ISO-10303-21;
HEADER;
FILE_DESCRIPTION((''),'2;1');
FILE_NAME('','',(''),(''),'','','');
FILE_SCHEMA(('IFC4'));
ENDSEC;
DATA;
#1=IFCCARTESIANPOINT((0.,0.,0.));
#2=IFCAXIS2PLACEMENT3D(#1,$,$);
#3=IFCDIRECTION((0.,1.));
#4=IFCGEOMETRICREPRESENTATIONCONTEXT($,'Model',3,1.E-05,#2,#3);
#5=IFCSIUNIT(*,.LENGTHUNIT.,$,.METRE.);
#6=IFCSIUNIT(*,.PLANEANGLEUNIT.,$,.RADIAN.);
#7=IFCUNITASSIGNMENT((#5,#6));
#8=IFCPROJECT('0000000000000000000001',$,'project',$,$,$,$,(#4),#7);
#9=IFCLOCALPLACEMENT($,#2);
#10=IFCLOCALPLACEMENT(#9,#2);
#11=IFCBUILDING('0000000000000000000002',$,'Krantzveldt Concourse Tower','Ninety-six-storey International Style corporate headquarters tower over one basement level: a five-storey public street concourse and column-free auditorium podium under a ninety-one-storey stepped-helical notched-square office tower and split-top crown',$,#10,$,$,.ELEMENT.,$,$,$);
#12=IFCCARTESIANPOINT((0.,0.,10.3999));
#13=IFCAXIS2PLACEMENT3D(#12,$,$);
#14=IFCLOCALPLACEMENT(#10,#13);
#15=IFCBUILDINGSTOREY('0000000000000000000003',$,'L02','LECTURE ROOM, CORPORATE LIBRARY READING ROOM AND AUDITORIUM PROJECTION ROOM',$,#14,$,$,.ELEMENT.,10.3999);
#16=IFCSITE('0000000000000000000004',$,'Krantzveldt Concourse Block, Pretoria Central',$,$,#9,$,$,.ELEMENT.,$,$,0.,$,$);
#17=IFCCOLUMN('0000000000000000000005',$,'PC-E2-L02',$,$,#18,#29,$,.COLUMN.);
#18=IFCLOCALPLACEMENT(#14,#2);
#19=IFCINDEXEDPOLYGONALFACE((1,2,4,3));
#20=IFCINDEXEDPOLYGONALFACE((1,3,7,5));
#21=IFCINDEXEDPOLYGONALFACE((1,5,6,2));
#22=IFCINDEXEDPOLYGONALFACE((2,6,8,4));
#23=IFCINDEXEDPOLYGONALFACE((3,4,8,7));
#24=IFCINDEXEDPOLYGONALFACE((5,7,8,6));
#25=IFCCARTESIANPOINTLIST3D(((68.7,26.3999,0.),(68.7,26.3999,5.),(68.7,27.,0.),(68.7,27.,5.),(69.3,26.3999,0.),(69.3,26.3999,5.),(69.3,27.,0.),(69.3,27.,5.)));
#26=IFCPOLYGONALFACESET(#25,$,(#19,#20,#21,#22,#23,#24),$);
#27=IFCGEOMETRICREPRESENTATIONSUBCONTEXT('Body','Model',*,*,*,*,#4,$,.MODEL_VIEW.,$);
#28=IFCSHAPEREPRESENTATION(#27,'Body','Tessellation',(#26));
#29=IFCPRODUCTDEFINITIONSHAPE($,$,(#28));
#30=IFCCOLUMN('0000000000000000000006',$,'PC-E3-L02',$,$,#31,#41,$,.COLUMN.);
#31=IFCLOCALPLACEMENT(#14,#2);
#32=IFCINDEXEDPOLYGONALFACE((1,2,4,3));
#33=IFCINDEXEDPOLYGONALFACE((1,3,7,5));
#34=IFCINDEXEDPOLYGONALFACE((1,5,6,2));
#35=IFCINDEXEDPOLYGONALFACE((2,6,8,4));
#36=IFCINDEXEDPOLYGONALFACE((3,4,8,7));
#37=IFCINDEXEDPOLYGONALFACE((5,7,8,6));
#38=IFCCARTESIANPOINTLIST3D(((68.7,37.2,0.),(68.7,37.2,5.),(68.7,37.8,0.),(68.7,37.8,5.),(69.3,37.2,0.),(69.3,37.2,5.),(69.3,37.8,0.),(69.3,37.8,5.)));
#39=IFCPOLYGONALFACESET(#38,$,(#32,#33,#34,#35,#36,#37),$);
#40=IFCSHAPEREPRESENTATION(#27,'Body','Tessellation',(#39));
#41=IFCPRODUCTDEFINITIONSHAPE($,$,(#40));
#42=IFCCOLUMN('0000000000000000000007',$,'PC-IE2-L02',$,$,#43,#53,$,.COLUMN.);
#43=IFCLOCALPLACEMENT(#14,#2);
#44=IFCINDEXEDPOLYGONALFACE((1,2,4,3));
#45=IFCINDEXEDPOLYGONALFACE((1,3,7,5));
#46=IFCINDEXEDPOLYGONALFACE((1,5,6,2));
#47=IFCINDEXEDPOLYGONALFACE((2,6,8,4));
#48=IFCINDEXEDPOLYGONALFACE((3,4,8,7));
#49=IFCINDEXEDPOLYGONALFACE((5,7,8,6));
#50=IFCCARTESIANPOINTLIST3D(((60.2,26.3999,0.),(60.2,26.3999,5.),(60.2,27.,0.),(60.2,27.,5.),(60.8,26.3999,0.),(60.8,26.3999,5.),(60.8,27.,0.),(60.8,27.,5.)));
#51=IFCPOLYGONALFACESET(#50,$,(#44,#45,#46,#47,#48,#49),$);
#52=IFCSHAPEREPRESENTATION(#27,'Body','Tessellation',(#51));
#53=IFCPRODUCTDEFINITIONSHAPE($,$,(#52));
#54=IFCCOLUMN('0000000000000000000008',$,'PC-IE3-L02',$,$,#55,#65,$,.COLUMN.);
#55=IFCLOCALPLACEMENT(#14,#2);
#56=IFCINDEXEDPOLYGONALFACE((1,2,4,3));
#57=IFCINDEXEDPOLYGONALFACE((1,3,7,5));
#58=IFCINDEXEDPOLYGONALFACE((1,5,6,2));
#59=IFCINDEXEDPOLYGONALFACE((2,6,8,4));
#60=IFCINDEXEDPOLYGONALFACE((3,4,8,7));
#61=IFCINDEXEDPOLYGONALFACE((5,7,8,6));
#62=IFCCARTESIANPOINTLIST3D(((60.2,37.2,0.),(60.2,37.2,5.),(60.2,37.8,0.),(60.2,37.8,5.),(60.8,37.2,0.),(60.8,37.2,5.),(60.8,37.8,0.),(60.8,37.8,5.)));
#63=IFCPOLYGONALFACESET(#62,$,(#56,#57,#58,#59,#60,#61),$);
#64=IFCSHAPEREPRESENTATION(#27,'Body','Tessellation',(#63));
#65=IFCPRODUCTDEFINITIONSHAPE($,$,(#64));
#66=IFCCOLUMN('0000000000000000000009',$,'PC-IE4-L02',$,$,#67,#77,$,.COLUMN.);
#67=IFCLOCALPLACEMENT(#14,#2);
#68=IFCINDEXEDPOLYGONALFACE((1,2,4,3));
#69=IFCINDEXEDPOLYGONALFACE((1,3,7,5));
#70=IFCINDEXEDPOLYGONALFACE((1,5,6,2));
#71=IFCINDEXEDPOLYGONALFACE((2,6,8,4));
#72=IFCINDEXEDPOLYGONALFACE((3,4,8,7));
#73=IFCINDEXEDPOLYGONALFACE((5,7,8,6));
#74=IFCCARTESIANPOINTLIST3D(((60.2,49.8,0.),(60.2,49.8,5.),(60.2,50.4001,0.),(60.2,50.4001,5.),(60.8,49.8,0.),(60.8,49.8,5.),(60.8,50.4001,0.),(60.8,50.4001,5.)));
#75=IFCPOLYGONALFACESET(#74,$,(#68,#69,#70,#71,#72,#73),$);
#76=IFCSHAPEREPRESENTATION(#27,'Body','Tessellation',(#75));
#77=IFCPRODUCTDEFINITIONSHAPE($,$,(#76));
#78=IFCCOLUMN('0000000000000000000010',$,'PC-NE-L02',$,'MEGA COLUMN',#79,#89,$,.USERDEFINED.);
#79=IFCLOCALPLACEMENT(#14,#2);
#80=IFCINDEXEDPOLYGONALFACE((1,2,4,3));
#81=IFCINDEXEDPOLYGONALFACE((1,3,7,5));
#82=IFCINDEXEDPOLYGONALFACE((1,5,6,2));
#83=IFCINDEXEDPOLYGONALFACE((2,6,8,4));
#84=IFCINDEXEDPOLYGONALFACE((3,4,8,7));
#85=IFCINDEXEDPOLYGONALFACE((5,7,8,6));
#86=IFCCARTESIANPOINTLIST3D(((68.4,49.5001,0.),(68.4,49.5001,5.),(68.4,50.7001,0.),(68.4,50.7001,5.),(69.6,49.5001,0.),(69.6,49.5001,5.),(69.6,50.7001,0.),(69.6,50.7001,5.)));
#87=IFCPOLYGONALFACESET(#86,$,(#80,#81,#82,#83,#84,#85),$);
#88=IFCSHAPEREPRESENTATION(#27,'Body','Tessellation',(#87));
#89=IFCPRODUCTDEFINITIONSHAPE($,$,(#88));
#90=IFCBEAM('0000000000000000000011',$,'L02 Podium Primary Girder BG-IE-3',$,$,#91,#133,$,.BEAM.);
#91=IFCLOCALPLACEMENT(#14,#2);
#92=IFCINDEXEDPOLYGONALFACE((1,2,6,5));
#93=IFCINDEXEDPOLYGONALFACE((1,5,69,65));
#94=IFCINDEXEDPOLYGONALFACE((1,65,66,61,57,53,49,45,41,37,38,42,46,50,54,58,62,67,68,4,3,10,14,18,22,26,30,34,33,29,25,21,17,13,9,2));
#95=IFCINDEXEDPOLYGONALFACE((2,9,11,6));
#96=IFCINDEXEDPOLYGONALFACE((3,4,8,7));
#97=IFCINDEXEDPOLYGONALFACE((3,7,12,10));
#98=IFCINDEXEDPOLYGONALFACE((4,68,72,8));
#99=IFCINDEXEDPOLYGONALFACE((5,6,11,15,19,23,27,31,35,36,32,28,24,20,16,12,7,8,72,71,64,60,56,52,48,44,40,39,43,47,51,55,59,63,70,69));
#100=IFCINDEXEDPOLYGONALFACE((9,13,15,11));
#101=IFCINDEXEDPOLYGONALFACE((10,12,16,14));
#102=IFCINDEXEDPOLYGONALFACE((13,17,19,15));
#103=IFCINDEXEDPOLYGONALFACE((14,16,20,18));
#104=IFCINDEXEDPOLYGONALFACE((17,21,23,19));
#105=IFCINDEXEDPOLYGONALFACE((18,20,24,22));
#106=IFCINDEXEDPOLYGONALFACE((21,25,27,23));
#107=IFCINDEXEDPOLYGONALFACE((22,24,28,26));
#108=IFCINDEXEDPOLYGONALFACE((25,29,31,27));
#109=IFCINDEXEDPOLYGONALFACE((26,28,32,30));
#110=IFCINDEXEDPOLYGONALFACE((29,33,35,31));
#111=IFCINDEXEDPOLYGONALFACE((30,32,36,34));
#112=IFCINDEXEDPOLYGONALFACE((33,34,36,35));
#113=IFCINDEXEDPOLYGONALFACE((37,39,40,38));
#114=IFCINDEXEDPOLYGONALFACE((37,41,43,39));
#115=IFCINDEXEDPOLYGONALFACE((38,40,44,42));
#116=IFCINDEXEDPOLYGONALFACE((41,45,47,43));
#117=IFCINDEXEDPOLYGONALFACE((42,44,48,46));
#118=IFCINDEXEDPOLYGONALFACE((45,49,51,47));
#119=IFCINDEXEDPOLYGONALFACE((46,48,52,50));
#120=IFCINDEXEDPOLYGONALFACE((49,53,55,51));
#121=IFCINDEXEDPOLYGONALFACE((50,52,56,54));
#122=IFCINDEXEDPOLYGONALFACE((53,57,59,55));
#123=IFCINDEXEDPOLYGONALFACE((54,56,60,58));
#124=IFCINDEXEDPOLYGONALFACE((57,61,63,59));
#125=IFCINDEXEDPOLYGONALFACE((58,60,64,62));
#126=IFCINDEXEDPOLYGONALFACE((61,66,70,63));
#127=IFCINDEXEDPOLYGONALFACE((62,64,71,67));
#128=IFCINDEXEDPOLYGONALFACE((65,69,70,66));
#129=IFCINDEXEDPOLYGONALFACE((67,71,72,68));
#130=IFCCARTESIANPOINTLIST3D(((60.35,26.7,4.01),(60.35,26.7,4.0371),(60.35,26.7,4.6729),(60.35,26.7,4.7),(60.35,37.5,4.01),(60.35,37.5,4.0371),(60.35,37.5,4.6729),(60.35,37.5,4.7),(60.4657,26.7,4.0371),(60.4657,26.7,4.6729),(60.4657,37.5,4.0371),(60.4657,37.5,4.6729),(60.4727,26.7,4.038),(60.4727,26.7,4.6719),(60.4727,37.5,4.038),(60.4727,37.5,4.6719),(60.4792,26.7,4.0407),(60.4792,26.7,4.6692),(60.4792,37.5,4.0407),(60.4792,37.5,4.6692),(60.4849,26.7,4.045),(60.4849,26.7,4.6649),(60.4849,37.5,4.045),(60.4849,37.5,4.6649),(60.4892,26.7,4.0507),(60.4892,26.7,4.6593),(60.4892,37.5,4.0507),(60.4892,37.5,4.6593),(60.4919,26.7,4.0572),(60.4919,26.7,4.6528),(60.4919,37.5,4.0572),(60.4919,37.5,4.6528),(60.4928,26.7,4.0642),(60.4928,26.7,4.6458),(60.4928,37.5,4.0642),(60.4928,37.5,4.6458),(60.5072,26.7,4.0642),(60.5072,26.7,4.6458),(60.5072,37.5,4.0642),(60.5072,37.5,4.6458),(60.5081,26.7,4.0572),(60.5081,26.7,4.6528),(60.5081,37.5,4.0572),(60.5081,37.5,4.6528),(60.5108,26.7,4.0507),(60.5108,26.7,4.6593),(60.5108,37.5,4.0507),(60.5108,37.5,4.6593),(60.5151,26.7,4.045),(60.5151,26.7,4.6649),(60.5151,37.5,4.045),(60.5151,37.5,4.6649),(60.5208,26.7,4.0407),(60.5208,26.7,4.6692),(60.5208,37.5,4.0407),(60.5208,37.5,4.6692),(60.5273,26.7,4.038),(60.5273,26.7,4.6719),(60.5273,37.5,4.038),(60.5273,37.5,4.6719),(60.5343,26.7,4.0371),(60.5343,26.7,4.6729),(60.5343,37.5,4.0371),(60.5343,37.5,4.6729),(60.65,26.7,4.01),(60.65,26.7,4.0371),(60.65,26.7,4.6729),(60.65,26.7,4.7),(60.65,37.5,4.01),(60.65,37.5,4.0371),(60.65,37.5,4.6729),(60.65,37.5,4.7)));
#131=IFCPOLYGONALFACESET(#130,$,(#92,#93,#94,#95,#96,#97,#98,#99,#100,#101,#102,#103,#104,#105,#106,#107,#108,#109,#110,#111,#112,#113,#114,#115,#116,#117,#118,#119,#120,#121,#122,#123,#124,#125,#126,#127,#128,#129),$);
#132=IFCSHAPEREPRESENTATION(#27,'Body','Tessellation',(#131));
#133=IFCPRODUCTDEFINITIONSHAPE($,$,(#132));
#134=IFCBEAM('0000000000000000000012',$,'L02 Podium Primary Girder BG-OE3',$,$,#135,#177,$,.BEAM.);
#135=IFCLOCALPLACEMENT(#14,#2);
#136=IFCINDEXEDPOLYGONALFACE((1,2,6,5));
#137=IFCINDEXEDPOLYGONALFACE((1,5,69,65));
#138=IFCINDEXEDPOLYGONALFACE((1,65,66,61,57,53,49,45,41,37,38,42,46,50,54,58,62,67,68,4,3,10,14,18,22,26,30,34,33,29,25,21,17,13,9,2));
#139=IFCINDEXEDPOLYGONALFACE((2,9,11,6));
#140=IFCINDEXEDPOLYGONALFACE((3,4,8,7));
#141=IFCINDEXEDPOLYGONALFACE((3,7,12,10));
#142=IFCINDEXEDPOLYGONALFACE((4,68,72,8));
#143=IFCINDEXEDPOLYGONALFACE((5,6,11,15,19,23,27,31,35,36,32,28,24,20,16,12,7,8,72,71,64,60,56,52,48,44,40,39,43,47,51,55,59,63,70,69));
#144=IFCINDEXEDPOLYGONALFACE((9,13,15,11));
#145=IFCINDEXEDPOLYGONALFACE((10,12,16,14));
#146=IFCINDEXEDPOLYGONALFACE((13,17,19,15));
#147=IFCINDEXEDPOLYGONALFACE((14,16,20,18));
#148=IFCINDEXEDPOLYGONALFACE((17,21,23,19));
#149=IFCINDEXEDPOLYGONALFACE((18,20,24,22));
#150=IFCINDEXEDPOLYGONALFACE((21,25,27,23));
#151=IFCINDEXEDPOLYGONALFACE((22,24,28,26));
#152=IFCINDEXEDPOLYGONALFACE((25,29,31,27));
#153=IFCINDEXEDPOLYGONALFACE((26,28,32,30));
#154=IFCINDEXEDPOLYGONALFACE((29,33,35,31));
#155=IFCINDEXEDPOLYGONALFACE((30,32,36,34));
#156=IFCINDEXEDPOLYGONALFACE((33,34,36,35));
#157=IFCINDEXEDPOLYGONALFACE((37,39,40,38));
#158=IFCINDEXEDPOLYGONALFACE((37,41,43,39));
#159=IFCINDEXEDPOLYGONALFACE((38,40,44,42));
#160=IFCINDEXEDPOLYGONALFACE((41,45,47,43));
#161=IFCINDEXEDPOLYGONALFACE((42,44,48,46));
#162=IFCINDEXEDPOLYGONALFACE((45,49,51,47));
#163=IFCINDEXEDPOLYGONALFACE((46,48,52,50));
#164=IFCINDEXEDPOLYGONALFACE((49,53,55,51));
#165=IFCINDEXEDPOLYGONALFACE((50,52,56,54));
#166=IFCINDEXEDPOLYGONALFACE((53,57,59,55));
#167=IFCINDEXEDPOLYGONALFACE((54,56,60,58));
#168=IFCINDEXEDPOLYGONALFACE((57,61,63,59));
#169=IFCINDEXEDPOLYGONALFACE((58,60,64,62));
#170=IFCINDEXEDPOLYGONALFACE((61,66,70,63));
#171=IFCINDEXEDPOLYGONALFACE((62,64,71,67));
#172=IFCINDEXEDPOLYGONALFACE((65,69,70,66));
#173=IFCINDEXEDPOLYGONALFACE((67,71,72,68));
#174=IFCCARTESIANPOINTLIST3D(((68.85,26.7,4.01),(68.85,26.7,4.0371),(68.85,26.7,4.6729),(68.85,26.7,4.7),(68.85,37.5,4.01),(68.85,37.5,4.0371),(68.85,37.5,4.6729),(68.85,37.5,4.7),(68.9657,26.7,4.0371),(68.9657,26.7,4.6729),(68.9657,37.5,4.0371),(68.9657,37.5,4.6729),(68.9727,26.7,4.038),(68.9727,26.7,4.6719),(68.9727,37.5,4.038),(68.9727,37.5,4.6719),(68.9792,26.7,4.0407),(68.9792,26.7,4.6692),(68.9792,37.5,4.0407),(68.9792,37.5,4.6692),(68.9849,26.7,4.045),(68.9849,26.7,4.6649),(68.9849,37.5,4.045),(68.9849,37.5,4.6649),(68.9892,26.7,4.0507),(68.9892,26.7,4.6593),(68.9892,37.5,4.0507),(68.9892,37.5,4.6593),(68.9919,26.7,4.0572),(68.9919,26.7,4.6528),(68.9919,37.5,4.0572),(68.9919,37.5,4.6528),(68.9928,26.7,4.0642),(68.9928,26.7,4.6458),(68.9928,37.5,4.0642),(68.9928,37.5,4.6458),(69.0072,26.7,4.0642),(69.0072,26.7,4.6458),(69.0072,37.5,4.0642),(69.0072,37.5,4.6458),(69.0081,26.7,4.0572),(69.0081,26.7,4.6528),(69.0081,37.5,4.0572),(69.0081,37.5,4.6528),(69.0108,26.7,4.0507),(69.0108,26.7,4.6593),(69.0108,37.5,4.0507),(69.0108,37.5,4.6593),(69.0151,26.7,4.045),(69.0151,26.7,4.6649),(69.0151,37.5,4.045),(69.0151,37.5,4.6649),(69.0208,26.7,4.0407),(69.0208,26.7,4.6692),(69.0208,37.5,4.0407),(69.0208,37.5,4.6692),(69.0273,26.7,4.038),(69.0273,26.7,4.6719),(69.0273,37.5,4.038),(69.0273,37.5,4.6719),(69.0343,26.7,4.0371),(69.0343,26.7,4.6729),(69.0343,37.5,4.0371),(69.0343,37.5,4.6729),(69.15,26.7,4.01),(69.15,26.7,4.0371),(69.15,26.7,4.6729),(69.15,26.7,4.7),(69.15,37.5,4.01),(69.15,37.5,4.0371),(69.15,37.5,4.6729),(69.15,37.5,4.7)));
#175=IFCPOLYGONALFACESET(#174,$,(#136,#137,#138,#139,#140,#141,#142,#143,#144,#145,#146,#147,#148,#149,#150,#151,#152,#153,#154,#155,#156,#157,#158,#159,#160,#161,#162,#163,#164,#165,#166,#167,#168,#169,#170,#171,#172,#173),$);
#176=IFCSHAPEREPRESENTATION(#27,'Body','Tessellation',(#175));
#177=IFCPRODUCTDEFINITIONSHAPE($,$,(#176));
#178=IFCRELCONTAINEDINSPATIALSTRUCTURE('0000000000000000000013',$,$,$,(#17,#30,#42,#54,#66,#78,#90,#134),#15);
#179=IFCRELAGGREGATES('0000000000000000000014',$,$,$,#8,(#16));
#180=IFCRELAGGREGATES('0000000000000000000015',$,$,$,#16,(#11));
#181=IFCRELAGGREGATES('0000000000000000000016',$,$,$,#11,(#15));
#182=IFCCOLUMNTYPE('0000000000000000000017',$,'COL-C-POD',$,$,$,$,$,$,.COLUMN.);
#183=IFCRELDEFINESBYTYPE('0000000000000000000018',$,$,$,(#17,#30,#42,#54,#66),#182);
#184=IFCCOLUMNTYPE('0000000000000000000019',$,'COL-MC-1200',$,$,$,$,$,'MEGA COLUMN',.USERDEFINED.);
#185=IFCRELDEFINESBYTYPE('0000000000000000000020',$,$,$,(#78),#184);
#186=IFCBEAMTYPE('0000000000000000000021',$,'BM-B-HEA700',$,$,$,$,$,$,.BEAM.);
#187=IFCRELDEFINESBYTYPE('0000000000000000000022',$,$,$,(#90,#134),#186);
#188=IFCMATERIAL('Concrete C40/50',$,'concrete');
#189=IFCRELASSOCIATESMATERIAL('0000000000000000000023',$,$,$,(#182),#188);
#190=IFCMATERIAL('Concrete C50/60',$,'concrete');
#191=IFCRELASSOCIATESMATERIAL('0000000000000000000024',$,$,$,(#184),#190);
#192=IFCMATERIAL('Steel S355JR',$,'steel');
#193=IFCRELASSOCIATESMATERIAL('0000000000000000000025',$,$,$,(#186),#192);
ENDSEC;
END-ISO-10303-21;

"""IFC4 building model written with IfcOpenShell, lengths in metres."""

from ifc_helpers import new_model, si_unit, direction, frame, origin, origin_2d, place, context, subcontext, project, spatial, rectangle, i_section, extrude, source, transform, mapped, material, material_profile, profile_set, type_object, type_shapes, element, save


model = new_model("IFC4")

# Units and contexts
model_context = context("Model", 3, precision=1e-05, world=origin(), true_north=direction((0.0, 1.0)))
body_context = subcontext(model_context, "Body", "Model", "MODEL_VIEW")
ifc_project = project(units=[si_unit("LENGTHUNIT", "METRE"), si_unit("PLANEANGLEUNIT", "RADIAN")], contexts=[model_context])

# Site, building, storey
site_placement = place(None, origin())
site = spatial("IfcSite", under=ifc_project, at=site_placement, Name="Krantzveldt Concourse Block, Pretoria Central", CompositionType="ELEMENT", RefElevation=0.0)
building_placement = place(site_placement, origin())
building = spatial("IfcBuilding", under=site, at=building_placement, Name="Krantzveldt Concourse Tower", Description="Ninety-six-storey International Style corporate headquarters tower over one basement level: a five-storey public street concourse and column-free auditorium podium under a ninety-one-storey stepped-helical notched-square office tower and split-top crown", CompositionType="ELEMENT")
storey_placement = place(building_placement, frame((0.0, 0.0, 10.3999)))
storey = spatial("IfcBuildingStorey", under=building, at=storey_placement, Name="L02", Description="LECTURE ROOM, CORPORATE LIBRARY READING ROOM AND AUDITORIUM PROJECTION ROOM", CompositionType="ELEMENT", Elevation=10.3999)

# Columns
ifc_material_1 = material(Name="Concrete C40/50", Category="concrete")
ifc_material_profile_1 = material_profile(ifc_material_1, rectangle(XDim=0.6001, YDim=0.6001, at=origin_2d()), Name="Concrete C40/50", Category="concrete")
ifc_profile_set_1 = profile_set([ifc_material_profile_1], Name="Concrete C40/50 - RC 600x600")
column_type_1 = type_object("IfcColumnType", Name="COL-C-POD", PredefinedType="COLUMN", material=ifc_profile_set_1)
shared_shape_1 = source(origin(), body_context, "Body", "SweptSolid", [
    extrude(rectangle(XDim=0.6001, YDim=0.6001, at=origin_2d()), origin(), (0.0, 0.0, 1.0), 5.0),
])
type_shapes(column_type_1, [shared_shape_1])
for number, where, z_axis, x_axis, name in (
    (1, (69.0, 26.7, 0.0), (0.0, 0.0, 1.0), (1.0, 0.0, 0.0), "PC-E2-L02"),
    (2, (69.0, 37.5, 0.0), (0.0, 0.0, 1.0), (1.0, 0.0, 0.0), "PC-E3-L02"),
    (3, (60.5, 26.7, 0.0), (0.0, 0.0, 1.0), (1.0, 0.0, 0.0), "PC-IE2-L02"),
    (4, (60.5, 37.5, 0.0), (0.0, 0.0, 1.0), (1.0, 0.0, 0.0), "PC-IE3-L02"),
    (5, (60.5, 50.1001, 0.0), (0.0, 0.0, 1.0), (1.0, 0.0, 0.0), "PC-IE4-L02"),
):
    element("IfcColumn", number, at=place(storey_placement, frame(where, z_axis=z_axis, x_axis=x_axis)), inside=storey, type_object=column_type_1, Name=name, PredefinedType="COLUMN", context=body_context, shape_type="MappedRepresentation", body=[
        mapped(shared_shape_1, transform((0.0, 0.0, 0.0), x_axis=(1.0, 0.0, 0.0), y_axis=(0.0, 1.0, 0.0), z_axis=(0.0, 0.0, 1.0), scale=1.0)),
    ])
ifc_material_2 = material(Name="Concrete C50/60", Category="concrete")
ifc_material_profile_2 = material_profile(ifc_material_2, rectangle(XDim=1.2, YDim=1.2, at=origin_2d()), Name="Concrete C50/60", Category="concrete")
ifc_profile_set_2 = profile_set([ifc_material_profile_2], Name="Concrete C50/60 - RC 1200x1200")
column_type_2 = type_object("IfcColumnType", Name="COL-MC-1200", ElementType="MEGA COLUMN", PredefinedType="USERDEFINED", material=ifc_profile_set_2)
shared_shape_2 = source(origin(), body_context, "Body", "SweptSolid", [
    extrude(rectangle(XDim=1.2, YDim=1.2, at=origin_2d()), origin(), (0.0, 0.0, 1.0), 5.0),
])
type_shapes(column_type_2, [shared_shape_2])
column_placement = place(storey_placement, frame((69.0, 50.1001, 0.0), z_axis=(0.0, 0.0, 1.0), x_axis=(1.0, 0.0, 0.0)))
element("IfcColumn", 6, at=column_placement, inside=storey, type_object=column_type_2, Name="PC-NE-L02", ObjectType="MEGA COLUMN", PredefinedType="USERDEFINED", context=body_context, shape_type="MappedRepresentation", body=[
    mapped(shared_shape_2, transform((0.0, 0.0, 0.0), x_axis=(1.0, 0.0, 0.0), y_axis=(0.0, 1.0, 0.0), z_axis=(0.0, 0.0, 1.0), scale=1.0)),
])

# Beams
ifc_material_3 = material(Name="Steel S355JR", Category="steel")
ifc_material_profile_3 = material_profile(ifc_material_3, i_section(OverallWidth=0.3, OverallDepth=0.6899, WebThickness=0.0144, FlangeThickness=0.0271, FilletRadius=0.0271, at=origin_2d()), Name="Steel S355JR", Category="steel")
ifc_profile_set_3 = profile_set([ifc_material_profile_3], Name="Steel S355JR - HEA 700")
beam_type_1 = type_object("IfcBeamType", Name="BM-B-HEA700", PredefinedType="BEAM", material=ifc_profile_set_3)
shared_shape_3 = source(origin(), body_context, "Body", "SweptSolid", [
    extrude(i_section(OverallWidth=0.3, OverallDepth=0.6899, WebThickness=0.0144, FlangeThickness=0.0271, FilletRadius=0.0271, at=origin_2d()), origin(), (0.0, 0.0, 1.0), 10.8),
])
for number, where, z_axis, x_axis, name in (
    (7, (60.5, 26.7, 4.355), (0.0, 1.0, 0.0), (-1.0, 0.0, 0.0), "L02 Podium Primary Girder BG-IE-3"),
    (8, (69.0, 26.7, 4.355), (0.0, 1.0, 0.0), (-1.0, 0.0, 0.0), "L02 Podium Primary Girder BG-OE3"),
):
    element("IfcBeam", number, at=place(storey_placement, frame(where, z_axis=z_axis, x_axis=x_axis)), inside=storey, type_object=beam_type_1, Name=name, PredefinedType="BEAM", context=body_context, shape_type="MappedRepresentation", body=[
        mapped(shared_shape_3, transform((0.0, 0.0, 0.0), x_axis=(1.0, 0.0, 0.0), y_axis=(0.0, 1.0, 0.0), z_axis=(0.0, 0.0, 1.0), scale=1.0)),
    ])

save(model, "model.ifc")
